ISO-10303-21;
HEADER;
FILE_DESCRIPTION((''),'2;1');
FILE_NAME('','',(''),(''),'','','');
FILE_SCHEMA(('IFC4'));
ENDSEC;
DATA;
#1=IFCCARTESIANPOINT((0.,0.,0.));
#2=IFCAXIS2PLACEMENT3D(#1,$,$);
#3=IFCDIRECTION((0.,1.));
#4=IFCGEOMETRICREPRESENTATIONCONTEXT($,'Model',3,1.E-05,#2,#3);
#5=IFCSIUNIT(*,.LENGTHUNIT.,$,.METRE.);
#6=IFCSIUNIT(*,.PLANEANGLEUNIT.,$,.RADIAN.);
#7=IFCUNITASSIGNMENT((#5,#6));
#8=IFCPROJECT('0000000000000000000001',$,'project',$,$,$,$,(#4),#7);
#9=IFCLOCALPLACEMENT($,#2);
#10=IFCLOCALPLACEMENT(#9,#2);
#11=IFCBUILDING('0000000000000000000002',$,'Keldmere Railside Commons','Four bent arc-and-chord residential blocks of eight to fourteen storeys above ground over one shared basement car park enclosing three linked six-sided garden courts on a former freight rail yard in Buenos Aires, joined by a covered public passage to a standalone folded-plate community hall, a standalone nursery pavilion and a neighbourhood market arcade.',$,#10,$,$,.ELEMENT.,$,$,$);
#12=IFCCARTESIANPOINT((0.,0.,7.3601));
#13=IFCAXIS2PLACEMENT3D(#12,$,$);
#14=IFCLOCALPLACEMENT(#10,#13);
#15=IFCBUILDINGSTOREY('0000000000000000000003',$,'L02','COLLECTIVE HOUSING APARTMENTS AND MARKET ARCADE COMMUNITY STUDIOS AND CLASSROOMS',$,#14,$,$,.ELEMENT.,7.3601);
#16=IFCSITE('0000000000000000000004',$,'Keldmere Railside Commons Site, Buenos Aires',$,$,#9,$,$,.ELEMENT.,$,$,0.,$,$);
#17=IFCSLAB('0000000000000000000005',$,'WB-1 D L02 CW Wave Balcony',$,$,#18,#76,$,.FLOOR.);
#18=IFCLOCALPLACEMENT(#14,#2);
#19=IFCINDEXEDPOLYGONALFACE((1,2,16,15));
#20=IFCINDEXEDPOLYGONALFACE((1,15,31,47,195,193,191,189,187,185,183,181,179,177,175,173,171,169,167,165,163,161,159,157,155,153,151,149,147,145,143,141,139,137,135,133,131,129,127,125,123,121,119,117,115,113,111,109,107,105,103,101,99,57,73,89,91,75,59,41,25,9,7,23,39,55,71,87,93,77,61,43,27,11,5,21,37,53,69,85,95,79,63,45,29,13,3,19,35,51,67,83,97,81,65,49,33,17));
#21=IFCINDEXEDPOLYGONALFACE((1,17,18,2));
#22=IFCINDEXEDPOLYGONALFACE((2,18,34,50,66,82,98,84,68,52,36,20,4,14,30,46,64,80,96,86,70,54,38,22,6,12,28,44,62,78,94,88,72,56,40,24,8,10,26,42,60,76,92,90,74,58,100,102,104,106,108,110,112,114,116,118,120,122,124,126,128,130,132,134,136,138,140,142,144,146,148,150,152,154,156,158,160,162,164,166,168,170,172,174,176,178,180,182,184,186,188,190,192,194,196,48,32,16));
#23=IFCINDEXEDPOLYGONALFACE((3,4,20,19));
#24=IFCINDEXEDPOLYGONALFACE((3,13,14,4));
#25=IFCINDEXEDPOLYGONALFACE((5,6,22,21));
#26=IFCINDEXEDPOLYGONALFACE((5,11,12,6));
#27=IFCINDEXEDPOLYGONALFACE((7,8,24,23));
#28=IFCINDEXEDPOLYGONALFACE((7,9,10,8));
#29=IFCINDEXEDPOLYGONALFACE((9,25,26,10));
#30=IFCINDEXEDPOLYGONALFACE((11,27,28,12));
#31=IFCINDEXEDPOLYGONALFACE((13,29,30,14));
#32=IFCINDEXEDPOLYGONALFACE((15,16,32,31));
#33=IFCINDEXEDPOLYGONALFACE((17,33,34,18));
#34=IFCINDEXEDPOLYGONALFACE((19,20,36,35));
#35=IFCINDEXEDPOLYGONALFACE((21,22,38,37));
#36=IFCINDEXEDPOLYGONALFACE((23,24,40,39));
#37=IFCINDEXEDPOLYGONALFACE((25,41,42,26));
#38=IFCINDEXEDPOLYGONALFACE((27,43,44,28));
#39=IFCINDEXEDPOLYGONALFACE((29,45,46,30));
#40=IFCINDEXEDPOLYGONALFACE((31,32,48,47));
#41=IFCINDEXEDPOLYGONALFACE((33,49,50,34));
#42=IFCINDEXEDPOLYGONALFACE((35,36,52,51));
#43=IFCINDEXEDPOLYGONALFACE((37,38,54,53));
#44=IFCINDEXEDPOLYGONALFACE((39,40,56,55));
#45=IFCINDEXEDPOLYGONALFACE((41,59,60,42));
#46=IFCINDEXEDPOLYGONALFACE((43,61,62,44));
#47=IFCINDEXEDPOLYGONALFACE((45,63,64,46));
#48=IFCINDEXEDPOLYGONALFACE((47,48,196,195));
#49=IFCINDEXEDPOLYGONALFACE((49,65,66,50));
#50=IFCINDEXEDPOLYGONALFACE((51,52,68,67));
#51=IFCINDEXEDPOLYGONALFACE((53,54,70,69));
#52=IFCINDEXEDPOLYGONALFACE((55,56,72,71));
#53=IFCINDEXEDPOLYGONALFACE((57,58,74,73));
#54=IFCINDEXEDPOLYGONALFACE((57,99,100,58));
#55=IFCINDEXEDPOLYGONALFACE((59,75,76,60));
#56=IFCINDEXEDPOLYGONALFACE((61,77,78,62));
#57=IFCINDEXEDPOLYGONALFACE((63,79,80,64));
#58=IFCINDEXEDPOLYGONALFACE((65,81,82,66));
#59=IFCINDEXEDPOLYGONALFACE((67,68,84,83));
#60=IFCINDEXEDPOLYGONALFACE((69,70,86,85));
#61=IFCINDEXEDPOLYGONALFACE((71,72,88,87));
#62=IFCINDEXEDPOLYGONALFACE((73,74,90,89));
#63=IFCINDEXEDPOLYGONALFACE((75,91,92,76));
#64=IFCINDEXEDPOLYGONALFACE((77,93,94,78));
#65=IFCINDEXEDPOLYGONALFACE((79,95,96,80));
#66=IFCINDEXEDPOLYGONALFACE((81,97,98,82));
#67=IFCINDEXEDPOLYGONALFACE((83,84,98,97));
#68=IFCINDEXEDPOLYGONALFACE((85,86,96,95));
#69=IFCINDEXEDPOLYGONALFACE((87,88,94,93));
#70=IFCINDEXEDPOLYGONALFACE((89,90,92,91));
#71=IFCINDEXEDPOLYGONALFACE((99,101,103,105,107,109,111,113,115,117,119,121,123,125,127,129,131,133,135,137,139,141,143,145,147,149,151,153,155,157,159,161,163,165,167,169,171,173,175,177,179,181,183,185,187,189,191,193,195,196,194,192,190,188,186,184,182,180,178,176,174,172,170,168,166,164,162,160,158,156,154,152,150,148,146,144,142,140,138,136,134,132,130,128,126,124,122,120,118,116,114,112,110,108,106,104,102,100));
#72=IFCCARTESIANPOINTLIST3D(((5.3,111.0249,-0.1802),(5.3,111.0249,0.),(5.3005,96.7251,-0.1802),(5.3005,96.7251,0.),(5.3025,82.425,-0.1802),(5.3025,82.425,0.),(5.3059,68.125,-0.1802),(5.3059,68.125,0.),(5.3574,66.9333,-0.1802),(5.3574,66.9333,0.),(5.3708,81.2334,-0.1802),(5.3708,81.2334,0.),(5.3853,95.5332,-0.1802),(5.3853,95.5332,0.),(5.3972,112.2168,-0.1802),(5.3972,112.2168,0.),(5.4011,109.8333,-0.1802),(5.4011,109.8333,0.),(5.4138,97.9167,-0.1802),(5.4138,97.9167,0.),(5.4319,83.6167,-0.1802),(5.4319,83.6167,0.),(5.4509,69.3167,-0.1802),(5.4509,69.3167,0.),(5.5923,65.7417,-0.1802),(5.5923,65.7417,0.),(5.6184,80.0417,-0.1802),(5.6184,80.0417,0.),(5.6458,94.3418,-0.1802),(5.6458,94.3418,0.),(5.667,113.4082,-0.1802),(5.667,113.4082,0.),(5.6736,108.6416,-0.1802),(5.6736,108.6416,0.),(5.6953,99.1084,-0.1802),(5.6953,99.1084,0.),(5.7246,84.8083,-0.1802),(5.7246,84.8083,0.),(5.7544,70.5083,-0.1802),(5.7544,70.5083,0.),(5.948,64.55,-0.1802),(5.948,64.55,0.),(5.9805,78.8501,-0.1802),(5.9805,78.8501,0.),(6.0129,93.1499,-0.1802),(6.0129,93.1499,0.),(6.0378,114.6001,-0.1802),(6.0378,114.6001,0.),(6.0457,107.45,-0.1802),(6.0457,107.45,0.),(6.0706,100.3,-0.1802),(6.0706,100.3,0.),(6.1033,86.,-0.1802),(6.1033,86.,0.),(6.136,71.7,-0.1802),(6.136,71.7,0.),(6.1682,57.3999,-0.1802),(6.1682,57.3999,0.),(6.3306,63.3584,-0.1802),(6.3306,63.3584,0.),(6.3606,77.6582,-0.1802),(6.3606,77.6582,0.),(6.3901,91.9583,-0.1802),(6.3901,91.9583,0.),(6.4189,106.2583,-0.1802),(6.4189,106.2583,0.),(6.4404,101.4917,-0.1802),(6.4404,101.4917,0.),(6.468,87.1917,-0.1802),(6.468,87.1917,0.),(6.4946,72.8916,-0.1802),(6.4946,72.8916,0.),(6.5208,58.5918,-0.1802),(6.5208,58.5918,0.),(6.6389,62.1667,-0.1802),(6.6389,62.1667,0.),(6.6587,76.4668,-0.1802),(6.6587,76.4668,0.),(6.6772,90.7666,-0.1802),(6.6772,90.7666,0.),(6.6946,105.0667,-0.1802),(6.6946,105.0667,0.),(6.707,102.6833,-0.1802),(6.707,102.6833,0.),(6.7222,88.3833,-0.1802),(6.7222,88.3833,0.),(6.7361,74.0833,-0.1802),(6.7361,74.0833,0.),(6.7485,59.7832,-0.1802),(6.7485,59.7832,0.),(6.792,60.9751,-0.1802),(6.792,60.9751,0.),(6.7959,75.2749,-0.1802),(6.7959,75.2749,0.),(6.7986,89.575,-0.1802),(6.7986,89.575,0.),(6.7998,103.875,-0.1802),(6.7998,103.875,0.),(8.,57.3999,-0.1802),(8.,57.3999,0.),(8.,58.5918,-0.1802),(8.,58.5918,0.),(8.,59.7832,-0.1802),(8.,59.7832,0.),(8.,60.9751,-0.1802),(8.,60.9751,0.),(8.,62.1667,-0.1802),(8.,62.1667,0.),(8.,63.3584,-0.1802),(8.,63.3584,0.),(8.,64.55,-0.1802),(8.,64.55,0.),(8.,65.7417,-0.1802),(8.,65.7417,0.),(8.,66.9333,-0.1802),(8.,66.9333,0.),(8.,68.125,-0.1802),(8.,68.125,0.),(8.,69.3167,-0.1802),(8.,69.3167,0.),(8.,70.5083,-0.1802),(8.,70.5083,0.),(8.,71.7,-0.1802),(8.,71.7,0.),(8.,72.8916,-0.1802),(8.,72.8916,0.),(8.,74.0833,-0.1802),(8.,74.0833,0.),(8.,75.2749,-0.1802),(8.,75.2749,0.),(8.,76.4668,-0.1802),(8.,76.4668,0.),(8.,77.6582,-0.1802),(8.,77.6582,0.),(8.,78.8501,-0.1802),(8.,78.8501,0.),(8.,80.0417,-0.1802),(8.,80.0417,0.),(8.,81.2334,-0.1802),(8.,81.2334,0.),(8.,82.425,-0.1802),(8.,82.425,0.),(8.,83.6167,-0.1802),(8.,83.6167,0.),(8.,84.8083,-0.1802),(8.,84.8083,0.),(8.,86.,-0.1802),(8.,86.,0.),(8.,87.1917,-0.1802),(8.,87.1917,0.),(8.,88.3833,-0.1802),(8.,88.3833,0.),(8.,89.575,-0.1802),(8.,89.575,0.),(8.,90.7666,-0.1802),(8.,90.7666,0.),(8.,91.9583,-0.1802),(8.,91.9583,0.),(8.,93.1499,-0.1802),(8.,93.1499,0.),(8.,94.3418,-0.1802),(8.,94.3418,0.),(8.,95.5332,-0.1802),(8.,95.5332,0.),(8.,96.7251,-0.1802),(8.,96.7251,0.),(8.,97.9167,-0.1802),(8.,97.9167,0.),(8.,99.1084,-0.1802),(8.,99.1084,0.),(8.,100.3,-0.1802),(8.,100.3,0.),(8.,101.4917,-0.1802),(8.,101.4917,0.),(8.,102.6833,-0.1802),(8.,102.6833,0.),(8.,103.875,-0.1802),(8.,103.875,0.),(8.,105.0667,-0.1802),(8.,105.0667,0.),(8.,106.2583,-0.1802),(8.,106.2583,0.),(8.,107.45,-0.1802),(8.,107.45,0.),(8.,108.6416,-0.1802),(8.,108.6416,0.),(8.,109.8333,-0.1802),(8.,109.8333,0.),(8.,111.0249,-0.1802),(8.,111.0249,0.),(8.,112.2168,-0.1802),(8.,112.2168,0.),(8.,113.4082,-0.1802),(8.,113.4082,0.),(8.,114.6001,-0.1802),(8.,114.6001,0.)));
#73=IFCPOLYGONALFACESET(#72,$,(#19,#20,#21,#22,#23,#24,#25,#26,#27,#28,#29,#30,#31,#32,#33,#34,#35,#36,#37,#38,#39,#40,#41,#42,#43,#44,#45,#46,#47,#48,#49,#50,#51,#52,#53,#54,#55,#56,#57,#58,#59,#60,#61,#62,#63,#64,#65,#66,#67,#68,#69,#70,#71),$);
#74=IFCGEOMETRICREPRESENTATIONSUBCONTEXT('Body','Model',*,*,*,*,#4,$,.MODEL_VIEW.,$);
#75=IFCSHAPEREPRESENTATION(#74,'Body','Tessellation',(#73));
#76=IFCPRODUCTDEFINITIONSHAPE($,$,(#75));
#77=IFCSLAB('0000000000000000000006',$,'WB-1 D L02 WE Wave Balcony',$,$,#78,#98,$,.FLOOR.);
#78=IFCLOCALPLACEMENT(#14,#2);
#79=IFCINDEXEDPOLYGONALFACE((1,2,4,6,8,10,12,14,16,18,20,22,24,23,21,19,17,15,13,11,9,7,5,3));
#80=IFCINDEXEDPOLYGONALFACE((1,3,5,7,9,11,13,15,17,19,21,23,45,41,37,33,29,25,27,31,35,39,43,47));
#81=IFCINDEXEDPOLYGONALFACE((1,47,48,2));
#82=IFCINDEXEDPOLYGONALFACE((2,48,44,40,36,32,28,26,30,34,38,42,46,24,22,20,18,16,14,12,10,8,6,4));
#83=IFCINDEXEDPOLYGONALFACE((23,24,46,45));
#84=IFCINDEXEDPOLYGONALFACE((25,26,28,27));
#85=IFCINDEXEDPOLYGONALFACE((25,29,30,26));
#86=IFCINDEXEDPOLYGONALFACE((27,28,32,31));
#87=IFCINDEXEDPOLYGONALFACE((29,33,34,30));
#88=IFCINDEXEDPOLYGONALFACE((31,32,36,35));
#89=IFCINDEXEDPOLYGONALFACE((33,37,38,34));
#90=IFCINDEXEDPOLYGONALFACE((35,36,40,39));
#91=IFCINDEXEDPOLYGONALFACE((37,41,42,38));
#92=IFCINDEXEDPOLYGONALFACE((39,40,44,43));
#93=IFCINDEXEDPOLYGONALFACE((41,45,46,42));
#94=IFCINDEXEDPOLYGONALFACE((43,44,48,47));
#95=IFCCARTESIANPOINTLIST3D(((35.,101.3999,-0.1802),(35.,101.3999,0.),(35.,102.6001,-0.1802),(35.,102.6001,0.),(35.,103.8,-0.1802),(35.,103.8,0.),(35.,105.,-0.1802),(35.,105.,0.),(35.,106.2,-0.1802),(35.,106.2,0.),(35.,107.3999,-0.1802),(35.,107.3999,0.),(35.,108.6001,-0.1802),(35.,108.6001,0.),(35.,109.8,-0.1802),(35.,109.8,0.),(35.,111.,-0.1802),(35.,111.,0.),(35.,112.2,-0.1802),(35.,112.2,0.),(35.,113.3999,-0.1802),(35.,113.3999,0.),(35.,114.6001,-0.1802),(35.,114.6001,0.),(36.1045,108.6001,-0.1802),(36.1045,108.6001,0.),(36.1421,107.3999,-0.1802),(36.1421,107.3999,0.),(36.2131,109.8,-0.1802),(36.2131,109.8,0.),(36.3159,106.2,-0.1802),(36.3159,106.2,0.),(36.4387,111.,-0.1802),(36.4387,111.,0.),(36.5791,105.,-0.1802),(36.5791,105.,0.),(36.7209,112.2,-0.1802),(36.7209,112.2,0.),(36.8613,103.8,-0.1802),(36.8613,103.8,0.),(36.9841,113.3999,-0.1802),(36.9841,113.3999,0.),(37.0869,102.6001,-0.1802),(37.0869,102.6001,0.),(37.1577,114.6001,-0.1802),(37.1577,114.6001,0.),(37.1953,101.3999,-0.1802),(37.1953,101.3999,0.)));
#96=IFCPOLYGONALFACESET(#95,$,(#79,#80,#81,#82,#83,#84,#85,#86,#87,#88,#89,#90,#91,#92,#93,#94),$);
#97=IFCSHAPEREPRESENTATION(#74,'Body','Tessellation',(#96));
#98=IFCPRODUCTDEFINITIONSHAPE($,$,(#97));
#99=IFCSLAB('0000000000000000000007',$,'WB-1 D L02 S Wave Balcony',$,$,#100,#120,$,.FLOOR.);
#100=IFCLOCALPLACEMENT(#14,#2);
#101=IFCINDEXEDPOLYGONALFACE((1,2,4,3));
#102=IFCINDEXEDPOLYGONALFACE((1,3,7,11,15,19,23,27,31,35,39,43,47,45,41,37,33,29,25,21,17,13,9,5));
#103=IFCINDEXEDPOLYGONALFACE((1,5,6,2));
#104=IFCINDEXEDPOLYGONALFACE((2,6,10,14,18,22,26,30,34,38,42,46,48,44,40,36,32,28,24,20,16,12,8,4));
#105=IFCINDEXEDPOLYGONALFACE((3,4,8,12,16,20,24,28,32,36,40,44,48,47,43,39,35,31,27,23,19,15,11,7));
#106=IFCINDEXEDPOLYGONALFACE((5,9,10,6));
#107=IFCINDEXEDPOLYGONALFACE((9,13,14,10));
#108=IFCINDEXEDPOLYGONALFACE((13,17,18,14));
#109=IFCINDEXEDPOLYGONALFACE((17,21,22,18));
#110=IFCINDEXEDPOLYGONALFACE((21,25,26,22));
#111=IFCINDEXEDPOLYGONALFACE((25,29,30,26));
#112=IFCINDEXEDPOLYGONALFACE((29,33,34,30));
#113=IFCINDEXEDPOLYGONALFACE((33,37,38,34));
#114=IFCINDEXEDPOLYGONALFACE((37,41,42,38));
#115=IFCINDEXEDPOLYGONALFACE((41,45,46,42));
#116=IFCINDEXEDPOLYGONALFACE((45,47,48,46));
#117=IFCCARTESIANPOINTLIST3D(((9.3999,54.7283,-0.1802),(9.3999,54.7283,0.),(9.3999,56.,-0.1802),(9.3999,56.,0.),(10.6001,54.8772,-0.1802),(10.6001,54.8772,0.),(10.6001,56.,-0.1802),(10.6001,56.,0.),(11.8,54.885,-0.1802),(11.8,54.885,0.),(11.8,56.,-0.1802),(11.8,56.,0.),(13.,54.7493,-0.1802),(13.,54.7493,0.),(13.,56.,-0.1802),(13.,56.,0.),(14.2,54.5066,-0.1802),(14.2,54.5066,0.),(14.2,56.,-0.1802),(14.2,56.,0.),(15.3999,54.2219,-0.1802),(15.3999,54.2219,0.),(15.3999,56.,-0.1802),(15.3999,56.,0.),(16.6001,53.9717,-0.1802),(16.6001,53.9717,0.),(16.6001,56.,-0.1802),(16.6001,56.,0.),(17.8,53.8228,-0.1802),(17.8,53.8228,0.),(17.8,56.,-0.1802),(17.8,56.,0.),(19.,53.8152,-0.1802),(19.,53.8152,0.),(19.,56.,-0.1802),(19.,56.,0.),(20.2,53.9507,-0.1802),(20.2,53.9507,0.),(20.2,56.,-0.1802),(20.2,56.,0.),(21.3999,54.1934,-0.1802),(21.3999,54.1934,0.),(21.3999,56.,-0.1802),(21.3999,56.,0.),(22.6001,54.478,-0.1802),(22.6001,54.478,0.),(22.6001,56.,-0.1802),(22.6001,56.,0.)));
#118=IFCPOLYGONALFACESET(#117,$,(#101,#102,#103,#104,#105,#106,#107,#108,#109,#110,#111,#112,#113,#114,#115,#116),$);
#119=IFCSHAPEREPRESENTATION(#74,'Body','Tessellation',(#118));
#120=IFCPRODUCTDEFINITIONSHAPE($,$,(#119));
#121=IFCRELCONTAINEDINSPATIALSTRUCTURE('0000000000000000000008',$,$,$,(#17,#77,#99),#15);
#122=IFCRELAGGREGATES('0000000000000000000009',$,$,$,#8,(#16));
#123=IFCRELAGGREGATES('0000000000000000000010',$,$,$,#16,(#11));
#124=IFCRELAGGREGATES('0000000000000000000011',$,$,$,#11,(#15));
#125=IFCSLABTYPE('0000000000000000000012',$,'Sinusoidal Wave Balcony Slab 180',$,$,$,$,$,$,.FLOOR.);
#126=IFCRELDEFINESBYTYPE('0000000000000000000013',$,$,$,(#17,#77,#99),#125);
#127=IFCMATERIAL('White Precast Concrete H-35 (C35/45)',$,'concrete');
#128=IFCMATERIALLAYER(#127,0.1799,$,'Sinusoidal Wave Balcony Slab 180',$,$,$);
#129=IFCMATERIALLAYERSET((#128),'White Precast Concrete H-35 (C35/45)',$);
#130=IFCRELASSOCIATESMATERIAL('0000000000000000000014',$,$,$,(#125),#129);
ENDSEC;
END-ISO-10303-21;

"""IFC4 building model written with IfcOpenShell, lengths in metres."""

from ifc_helpers import new_model, si_unit, direction, frame, origin, place, context, subcontext, project, spatial, polyline, outline, extrude, material, layer, layer_set, type_object, element, save


model = new_model("IFC4")

# Units and contexts
model_context = context("Model", 3, precision=1e-05, world=origin(), true_north=direction((0.0, 1.0)))
body_context = subcontext(model_context, "Body", "Model", "MODEL_VIEW")
ifc_project = project(units=[si_unit("LENGTHUNIT", "METRE"), si_unit("PLANEANGLEUNIT", "RADIAN")], contexts=[model_context])

# Site, building, storey
site_placement = place(None, origin())
site = spatial("IfcSite", under=ifc_project, at=site_placement, Name="Keldmere Railside Commons Site, Buenos Aires", CompositionType="ELEMENT", RefElevation=0.0)
building_placement = place(site_placement, origin())
building = spatial("IfcBuilding", under=site, at=building_placement, Name="Keldmere Railside Commons", Description="Four bent arc-and-chord residential blocks of eight to fourteen storeys above ground over one shared basement car park enclosing three linked six-sided garden courts on a former freight rail yard in Buenos Aires, joined by a covered public passage to a standalone folded-plate community hall, a standalone nursery pavilion and a neighbourhood market arcade.", CompositionType="ELEMENT")
storey_placement = place(building_placement, frame((0.0, 0.0, 7.3601)))
storey = spatial("IfcBuildingStorey", under=building, at=storey_placement, Name="L02", Description="COLLECTIVE HOUSING APARTMENTS AND MARKET ARCADE COMMUNITY STUDIOS AND CLASSROOMS", CompositionType="ELEMENT", Elevation=7.3601)

# Slabs
ifc_material_1 = material(Name="White Precast Concrete H-35 (C35/45)", Category="concrete")
ifc_layer_1 = layer(ifc_material_1, 0.1799, Name="Sinusoidal Wave Balcony Slab 180")
ifc_layer_set_1 = layer_set([ifc_layer_1], Name="White Precast Concrete H-35 (C35/45)")
slab_type_1 = type_object("IfcSlabType", Name="Sinusoidal Wave Balcony Slab 180", PredefinedType="FLOOR", material=ifc_layer_set_1)
slab_1_placement = place(storey_placement, frame((0.0, 0.0, -0.1802)))
element("IfcSlab", 1, at=slab_1_placement, inside=storey, type_object=slab_type_1, Name="WB-1 D L02 CW Wave Balcony", PredefinedType="FLOOR", context=body_context, shape_type="SweptSolid", body=[
    extrude(outline(polyline([(8.0, 57.3999), (8.0, 58.5918), (8.0, 59.7832), (8.0, 60.9751), (8.0, 62.1667), (8.0, 63.3584), (8.0, 64.55), (8.0, 65.7417), (8.0, 66.9333), (8.0, 68.125), (8.0, 69.3167), (8.0, 70.5083), (8.0, 71.7), (8.0, 72.8916), (8.0, 74.0833), (8.0, 75.2749), (8.0, 76.4668), (8.0, 77.6582), (8.0, 78.8501), (8.0, 80.0417), (8.0, 81.2334), (8.0, 82.425), (8.0, 83.6167), (8.0, 84.8083), (8.0, 86.0), (8.0, 87.1917), (8.0, 88.3833), (8.0, 89.575), (8.0, 90.7666), (8.0, 91.9583), (8.0, 93.1499), (8.0, 94.3418), (8.0, 95.5332), (8.0, 96.7251), (8.0, 97.9167), (8.0, 99.1084), (8.0, 100.3), (8.0, 101.4917), (8.0, 102.6833), (8.0, 103.875), (8.0, 105.0667), (8.0, 106.2583), (8.0, 107.45), (8.0, 108.6416), (8.0, 109.8333), (8.0, 111.0249), (8.0, 112.2168), (8.0, 113.4082), (8.0, 114.6001), (6.0378, 114.6001), (5.667, 113.4082), (5.3972, 112.2168), (5.3, 111.0249), (5.4011, 109.8333), (5.6736, 108.6416), (6.0457, 107.45), (6.4189, 106.2583), (6.6946, 105.0667), (6.7998, 103.875), (6.707, 102.6833), (6.4404, 101.4917), (6.0706, 100.3), (5.6953, 99.1084), (5.4138, 97.9167), (5.3005, 96.7251), (5.3853, 95.5332), (5.6458, 94.3418), (6.0129, 93.1499), (6.3901, 91.9583), (6.6772, 90.7666), (6.7986, 89.575), (6.7222, 88.3833), (6.468, 87.1917), (6.1033, 86.0), (5.7246, 84.8083), (5.4319, 83.6167), (5.3025, 82.425), (5.3708, 81.2334), (5.6184, 80.0417), (5.9805, 78.8501), (6.3606, 77.6582), (6.6587, 76.4668), (6.7959, 75.2749), (6.7361, 74.0833), (6.4946, 72.8916), (6.136, 71.7), (5.7544, 70.5083), (5.4509, 69.3167), (5.3059, 68.125), (5.3574, 66.9333), (5.5923, 65.7417), (5.948, 64.55), (6.3306, 63.3584), (6.6389, 62.1667), (6.792, 60.9751), (6.7485, 59.7832), (6.5208, 58.5918), (6.1682, 57.3999), (8.0, 57.3999)])), origin(), (0.0, 0.0, 1.0), 0.1802),
])
slab_2_placement = place(storey_placement, frame((0.0, 0.0, -0.1802)))
element("IfcSlab", 2, at=slab_2_placement, inside=storey, type_object=slab_type_1, Name="WB-1 D L02 WE Wave Balcony", PredefinedType="FLOOR", context=body_context, shape_type="SweptSolid", body=[
    extrude(outline(polyline([(37.1953, 101.3999), (37.0869, 102.6001), (36.8613, 103.8), (36.5791, 105.0), (36.3159, 106.2), (36.1421, 107.3999), (36.1045, 108.6001), (36.2131, 109.8), (36.4387, 111.0), (36.7209, 112.2), (36.9841, 113.3999), (37.1577, 114.6001), (35.0, 114.6001), (35.0, 113.3999), (35.0, 112.2), (35.0, 111.0), (35.0, 109.8), (35.0, 108.6001), (35.0, 107.3999), (35.0, 106.2), (35.0, 105.0), (35.0, 103.8), (35.0, 102.6001), (35.0, 101.3999), (37.1953, 101.3999)])), origin(), (0.0, 0.0, 1.0), 0.1802),
])
slab_3_placement = place(storey_placement, frame((0.0, 0.0, -0.1802)))
element("IfcSlab", 3, at=slab_3_placement, inside=storey, type_object=slab_type_1, Name="WB-1 D L02 S Wave Balcony", PredefinedType="FLOOR", context=body_context, shape_type="SweptSolid", body=[
    extrude(outline(polyline([(9.3999, 54.7283), (10.6001, 54.8772), (11.8, 54.885), (13.0, 54.7493), (14.2, 54.5066), (15.3999, 54.2219), (16.6001, 53.9717), (17.8, 53.8228), (19.0, 53.8152), (20.2, 53.9507), (21.3999, 54.1934), (22.6001, 54.478), (22.6001, 56.0), (21.3999, 56.0), (20.2, 56.0), (19.0, 56.0), (17.8, 56.0), (16.6001, 56.0), (15.3999, 56.0), (14.2, 56.0), (13.0, 56.0), (11.8, 56.0), (10.6001, 56.0), (9.3999, 56.0), (9.3999, 54.7283)])), origin(), (0.0, 0.0, 1.0), 0.1802),
])

save(model, "model.ifc")
